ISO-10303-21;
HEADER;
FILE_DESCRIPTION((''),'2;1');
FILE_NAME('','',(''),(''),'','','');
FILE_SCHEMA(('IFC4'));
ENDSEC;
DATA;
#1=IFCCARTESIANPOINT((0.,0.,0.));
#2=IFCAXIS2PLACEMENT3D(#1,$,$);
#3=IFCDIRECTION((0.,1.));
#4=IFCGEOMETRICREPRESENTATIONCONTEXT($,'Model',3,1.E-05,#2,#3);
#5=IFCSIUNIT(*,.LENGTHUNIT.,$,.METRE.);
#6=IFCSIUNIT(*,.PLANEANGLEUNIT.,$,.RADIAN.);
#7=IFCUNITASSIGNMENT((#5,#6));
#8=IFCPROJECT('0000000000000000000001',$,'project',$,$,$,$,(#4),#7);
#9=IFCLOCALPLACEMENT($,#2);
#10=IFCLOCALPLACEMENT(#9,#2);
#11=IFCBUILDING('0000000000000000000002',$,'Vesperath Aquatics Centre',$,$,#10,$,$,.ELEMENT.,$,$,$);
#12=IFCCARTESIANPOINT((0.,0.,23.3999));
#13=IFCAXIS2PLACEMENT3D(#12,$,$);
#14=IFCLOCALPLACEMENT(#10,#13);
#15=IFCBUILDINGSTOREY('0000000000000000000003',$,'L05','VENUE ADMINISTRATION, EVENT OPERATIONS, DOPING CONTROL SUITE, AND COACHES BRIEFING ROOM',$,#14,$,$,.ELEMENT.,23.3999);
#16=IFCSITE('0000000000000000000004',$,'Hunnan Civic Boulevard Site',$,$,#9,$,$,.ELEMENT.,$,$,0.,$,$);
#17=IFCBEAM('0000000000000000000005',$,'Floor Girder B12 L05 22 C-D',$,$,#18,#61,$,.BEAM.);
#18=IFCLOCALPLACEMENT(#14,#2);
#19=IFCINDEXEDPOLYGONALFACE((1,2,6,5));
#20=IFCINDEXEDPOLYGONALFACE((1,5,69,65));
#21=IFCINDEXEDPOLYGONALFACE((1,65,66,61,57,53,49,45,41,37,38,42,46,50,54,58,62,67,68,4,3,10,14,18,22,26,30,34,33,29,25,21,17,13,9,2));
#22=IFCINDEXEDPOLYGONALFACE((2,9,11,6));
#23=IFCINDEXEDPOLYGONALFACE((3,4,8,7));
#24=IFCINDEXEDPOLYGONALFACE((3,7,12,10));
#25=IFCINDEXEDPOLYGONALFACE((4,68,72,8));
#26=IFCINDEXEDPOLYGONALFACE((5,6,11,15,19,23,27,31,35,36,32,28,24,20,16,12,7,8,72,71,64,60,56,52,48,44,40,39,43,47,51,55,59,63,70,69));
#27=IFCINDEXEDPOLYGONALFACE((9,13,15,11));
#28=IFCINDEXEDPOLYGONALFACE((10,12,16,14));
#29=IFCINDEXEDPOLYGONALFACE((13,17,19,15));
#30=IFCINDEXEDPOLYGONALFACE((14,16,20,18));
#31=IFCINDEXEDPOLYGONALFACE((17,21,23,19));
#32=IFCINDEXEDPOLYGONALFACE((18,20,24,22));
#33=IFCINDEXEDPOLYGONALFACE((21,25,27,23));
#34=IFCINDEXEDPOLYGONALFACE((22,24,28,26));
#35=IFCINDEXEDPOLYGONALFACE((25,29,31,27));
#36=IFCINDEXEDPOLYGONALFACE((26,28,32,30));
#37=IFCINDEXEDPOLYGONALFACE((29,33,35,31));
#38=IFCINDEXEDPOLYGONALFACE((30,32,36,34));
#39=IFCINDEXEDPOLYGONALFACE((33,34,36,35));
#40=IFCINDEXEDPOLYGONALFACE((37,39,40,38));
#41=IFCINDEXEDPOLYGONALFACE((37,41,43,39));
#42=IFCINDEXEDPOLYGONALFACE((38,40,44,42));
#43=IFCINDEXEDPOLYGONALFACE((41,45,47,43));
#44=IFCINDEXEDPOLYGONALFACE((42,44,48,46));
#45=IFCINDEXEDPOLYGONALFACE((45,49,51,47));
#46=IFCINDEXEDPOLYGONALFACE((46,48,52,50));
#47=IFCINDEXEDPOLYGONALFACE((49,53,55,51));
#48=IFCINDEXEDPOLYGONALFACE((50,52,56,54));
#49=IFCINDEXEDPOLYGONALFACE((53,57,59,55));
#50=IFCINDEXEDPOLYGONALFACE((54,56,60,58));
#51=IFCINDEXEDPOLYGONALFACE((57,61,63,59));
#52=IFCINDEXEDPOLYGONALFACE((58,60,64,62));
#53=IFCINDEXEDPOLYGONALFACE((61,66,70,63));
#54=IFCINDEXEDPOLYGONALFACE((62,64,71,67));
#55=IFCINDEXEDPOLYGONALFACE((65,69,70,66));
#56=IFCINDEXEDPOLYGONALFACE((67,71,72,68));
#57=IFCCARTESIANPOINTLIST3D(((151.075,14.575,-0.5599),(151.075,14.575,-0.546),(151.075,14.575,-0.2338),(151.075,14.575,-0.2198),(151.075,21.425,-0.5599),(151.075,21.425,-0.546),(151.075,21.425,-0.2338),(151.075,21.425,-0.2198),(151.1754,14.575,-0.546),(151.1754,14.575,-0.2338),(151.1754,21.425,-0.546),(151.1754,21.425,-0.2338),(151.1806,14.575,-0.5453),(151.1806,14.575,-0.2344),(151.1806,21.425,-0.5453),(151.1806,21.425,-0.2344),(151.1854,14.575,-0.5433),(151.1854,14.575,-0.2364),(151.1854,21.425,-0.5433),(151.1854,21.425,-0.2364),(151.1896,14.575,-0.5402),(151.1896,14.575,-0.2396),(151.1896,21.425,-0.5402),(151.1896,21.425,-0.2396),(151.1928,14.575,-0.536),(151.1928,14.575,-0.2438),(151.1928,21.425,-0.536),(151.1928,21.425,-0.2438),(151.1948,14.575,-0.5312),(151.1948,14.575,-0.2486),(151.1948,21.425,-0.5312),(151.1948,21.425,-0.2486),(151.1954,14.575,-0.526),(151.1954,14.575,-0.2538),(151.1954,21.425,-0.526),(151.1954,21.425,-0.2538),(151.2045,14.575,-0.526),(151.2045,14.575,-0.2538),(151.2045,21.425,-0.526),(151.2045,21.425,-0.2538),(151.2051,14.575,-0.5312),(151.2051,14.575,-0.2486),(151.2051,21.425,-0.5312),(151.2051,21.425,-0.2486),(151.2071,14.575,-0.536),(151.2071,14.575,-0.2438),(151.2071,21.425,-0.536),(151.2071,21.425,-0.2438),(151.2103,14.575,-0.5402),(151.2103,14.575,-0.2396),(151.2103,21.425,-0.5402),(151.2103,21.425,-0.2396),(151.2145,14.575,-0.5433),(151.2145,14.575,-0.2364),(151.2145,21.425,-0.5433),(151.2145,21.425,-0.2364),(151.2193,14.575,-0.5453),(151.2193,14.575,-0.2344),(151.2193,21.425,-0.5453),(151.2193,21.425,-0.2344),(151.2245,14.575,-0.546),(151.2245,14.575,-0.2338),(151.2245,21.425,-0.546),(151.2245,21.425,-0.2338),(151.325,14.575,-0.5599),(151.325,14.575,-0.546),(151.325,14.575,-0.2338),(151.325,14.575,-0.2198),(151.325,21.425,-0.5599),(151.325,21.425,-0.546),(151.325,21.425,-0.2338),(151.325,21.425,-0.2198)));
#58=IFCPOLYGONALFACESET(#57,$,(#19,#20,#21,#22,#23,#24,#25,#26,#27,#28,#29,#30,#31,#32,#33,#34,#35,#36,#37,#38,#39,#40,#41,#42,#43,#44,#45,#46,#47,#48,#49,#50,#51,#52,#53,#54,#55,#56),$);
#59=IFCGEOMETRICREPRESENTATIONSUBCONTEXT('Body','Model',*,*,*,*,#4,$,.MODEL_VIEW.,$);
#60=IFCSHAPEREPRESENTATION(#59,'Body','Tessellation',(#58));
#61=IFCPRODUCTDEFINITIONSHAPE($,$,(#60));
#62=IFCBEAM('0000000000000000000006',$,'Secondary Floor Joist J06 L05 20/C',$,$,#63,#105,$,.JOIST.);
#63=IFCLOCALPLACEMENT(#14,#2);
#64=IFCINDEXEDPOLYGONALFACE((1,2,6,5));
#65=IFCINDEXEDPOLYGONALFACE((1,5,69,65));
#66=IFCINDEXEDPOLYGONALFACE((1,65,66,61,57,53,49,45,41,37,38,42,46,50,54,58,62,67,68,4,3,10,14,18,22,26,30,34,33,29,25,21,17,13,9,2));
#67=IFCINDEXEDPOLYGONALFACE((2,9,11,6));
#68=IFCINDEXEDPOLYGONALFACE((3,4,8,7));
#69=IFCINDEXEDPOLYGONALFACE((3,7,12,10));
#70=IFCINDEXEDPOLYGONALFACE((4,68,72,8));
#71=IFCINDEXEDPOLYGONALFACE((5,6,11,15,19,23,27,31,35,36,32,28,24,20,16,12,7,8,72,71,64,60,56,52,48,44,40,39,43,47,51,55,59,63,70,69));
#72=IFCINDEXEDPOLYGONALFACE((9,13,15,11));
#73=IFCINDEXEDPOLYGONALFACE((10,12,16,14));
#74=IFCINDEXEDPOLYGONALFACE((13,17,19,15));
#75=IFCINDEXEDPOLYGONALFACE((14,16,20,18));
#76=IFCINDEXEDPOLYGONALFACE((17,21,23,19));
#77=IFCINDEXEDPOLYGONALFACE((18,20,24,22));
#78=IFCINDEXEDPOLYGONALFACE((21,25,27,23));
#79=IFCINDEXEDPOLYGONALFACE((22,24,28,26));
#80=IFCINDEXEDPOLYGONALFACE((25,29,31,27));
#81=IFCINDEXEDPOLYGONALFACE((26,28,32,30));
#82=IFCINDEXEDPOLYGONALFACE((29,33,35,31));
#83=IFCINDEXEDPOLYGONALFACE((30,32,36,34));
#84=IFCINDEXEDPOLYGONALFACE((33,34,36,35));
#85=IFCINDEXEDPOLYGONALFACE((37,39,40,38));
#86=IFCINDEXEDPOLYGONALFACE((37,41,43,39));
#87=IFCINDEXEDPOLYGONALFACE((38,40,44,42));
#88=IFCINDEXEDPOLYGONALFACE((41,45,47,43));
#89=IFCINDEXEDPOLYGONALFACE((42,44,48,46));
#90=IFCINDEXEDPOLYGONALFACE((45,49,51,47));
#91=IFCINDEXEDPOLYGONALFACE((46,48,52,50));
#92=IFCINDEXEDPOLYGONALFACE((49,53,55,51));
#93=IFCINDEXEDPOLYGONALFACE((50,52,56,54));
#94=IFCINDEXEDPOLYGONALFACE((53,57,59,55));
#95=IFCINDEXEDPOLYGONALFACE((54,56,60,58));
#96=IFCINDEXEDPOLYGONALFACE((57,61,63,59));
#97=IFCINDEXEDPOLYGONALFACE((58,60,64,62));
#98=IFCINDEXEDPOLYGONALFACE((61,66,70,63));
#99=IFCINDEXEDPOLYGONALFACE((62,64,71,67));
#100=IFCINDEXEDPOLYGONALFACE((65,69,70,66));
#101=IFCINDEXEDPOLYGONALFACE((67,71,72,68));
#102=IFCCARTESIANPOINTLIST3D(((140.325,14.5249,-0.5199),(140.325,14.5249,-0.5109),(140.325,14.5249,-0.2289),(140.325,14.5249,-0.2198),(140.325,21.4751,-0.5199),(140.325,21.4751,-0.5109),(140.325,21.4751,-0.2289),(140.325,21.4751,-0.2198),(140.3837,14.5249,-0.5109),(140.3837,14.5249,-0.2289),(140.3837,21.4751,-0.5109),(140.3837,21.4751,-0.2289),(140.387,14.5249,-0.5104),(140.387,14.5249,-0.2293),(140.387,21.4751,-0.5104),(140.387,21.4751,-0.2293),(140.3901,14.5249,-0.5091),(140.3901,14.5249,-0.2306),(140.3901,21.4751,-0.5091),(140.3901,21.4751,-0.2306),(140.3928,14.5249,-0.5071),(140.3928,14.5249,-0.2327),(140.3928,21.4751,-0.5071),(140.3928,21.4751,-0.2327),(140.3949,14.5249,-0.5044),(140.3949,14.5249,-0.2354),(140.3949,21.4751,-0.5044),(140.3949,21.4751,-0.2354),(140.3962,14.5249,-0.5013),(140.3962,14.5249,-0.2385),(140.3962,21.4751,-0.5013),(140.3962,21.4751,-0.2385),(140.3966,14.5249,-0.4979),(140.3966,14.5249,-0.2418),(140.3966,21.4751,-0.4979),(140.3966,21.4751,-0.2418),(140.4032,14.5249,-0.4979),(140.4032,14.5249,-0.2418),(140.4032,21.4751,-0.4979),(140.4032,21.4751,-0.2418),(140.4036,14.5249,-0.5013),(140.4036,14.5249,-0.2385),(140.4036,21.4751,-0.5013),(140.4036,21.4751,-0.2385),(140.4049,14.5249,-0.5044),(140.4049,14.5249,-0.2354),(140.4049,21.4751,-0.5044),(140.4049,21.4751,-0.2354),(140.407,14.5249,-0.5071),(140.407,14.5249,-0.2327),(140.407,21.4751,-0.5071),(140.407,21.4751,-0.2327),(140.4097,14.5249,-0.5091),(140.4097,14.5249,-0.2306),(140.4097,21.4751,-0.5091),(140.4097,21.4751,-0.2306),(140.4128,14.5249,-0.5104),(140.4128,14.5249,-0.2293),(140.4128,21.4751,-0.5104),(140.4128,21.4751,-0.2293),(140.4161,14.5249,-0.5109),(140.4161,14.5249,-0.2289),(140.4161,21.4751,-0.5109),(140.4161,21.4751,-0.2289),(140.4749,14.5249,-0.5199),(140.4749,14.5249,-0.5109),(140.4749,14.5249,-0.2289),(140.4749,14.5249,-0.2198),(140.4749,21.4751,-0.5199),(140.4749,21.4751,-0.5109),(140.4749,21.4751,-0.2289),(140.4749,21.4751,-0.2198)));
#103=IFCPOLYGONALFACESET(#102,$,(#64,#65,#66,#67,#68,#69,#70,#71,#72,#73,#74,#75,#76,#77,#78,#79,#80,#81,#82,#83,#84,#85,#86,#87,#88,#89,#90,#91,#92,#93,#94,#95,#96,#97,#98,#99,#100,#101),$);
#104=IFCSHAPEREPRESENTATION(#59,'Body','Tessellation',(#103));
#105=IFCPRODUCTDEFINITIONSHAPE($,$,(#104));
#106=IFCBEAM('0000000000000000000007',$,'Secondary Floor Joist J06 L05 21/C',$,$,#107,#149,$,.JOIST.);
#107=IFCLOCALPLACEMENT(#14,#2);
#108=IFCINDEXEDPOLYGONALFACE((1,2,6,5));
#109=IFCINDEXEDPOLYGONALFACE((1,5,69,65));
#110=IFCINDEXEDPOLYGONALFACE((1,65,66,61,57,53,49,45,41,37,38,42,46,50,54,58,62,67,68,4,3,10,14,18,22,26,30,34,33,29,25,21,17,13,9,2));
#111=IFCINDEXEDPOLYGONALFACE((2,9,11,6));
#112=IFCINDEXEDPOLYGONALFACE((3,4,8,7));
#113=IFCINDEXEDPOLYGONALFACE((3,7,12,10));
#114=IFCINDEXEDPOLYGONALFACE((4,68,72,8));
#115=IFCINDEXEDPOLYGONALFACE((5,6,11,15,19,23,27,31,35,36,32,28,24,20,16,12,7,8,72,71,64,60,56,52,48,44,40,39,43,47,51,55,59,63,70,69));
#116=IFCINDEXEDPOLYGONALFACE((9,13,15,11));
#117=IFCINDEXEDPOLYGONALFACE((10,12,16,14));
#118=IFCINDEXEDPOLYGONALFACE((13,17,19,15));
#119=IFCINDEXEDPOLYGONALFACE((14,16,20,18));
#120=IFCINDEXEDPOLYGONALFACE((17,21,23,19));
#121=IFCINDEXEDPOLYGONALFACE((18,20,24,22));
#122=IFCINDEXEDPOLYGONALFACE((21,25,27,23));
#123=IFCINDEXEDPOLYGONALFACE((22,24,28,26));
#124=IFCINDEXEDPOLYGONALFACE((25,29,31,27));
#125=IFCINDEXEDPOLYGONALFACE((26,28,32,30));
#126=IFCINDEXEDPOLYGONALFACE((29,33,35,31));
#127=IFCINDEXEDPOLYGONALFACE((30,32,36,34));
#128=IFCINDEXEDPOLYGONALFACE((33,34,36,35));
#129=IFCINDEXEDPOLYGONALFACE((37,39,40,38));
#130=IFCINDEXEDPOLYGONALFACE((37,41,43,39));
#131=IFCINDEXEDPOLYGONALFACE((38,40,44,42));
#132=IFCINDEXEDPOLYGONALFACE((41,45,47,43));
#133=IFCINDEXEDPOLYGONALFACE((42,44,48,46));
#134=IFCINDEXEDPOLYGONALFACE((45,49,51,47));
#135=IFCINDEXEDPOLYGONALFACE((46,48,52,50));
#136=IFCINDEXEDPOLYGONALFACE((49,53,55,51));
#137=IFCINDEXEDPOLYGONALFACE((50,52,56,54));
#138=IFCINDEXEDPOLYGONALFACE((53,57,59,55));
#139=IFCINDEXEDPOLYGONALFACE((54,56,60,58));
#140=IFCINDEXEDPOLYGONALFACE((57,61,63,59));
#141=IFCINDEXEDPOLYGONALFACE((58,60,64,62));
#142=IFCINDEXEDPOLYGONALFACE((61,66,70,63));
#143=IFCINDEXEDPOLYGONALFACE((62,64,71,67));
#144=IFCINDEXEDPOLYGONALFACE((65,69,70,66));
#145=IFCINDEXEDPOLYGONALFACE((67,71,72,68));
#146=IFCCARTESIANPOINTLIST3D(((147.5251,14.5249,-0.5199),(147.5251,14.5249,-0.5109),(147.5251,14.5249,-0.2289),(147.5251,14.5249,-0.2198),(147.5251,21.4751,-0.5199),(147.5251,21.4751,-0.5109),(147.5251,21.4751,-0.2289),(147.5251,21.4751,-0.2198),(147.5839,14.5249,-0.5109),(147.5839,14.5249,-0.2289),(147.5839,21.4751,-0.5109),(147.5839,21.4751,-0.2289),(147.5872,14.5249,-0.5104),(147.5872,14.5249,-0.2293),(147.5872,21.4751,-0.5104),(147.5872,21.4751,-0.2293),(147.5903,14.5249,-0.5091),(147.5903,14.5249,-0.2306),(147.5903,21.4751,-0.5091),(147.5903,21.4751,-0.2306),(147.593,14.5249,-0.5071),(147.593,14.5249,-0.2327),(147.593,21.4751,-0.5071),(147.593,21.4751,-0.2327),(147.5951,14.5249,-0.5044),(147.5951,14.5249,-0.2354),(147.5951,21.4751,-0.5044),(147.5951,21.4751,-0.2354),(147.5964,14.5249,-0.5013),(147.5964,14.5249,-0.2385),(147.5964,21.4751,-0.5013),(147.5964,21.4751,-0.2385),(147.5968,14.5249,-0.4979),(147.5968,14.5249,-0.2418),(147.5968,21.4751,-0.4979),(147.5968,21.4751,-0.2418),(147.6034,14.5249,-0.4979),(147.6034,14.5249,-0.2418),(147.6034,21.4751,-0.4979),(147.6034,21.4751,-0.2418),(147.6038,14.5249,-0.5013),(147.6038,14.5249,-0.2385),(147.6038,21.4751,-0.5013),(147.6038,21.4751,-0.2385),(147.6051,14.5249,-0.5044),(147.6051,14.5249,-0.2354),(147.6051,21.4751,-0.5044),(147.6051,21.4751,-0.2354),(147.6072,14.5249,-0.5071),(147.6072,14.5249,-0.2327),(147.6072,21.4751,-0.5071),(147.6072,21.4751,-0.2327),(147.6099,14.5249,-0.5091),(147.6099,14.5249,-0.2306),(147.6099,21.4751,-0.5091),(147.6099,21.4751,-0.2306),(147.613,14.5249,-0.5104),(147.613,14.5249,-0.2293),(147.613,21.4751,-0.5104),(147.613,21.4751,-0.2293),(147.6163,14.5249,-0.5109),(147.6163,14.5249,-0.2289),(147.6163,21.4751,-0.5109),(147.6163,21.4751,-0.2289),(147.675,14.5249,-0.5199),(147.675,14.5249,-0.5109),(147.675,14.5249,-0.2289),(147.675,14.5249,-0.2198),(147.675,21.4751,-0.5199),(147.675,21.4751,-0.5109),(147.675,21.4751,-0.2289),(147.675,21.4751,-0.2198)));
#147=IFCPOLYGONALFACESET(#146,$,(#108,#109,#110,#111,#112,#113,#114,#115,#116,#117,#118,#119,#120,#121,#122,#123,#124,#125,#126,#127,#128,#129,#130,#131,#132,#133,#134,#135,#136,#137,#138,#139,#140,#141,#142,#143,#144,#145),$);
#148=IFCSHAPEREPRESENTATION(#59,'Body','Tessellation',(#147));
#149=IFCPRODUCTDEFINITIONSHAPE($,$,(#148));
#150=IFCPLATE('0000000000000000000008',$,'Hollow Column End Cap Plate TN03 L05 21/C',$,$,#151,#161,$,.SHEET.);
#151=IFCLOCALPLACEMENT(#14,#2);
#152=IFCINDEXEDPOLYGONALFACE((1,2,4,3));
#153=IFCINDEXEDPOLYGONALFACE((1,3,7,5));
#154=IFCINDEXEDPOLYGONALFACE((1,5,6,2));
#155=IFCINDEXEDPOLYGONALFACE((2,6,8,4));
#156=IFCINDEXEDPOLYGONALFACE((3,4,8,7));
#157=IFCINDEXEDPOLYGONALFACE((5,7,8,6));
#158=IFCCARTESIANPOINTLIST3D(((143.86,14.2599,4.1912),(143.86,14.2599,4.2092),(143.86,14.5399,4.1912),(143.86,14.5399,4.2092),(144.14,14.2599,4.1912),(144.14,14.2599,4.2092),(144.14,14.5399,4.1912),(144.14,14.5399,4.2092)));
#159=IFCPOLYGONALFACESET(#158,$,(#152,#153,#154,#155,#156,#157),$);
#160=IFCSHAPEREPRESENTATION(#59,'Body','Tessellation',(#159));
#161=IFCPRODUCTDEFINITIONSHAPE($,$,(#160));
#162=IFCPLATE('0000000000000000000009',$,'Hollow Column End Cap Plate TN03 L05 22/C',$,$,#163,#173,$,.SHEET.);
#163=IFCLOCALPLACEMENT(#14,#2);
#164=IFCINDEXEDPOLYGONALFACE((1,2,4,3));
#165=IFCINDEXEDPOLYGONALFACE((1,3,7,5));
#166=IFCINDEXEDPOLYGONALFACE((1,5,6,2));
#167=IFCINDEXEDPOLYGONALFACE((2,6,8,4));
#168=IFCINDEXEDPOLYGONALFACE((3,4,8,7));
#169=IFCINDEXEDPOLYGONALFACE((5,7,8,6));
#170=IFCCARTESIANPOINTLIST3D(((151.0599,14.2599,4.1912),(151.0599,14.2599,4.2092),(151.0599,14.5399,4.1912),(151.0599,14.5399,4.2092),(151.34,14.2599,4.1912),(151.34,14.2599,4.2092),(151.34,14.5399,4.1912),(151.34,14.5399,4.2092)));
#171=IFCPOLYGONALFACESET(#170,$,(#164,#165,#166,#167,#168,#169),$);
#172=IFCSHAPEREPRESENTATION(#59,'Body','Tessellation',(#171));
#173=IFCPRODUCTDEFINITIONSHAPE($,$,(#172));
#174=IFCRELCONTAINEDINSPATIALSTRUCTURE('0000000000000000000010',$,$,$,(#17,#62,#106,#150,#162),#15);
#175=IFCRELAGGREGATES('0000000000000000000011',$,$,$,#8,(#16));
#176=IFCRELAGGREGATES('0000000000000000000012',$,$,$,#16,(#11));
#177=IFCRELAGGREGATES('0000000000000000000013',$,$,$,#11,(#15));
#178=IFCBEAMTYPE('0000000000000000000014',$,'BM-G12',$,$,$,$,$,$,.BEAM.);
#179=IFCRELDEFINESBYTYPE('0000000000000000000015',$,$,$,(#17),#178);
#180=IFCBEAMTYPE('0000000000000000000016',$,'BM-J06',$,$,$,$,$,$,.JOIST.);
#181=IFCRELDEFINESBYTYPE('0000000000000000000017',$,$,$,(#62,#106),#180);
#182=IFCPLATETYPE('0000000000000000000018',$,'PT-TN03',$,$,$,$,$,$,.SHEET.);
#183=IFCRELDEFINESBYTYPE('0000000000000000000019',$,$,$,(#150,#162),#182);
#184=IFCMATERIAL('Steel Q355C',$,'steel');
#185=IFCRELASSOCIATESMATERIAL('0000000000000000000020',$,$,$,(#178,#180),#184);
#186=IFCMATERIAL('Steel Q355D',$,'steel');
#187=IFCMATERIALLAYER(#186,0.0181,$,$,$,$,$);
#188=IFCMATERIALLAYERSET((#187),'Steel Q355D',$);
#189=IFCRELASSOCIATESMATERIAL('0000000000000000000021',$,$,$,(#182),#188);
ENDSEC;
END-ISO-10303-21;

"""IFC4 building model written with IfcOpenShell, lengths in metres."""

from ifc_helpers import new_model, si_unit, direction, frame, origin, origin_2d, place, context, subcontext, project, spatial, rectangle, i_section, extrude, material, layer, layer_set, material_profile, profile_set, type_object, element, save


model = new_model("IFC4")

# Units and contexts
model_context = context("Model", 3, precision=1e-05, world=origin(), true_north=direction((0.0, 1.0)))
body_context = subcontext(model_context, "Body", "Model", "MODEL_VIEW")
ifc_project = project(units=[si_unit("LENGTHUNIT", "METRE"), si_unit("PLANEANGLEUNIT", "RADIAN")], contexts=[model_context])

# Site, building, storey
site_placement = place(None, origin())
site = spatial("IfcSite", under=ifc_project, at=site_placement, Name="Hunnan Civic Boulevard Site", CompositionType="ELEMENT", RefElevation=0.0)
building_placement = place(site_placement, origin())
building = spatial("IfcBuilding", under=site, at=building_placement, Name="Vesperath Aquatics Centre", CompositionType="ELEMENT")
storey_placement = place(building_placement, frame((0.0, 0.0, 23.3999)))
storey = spatial("IfcBuildingStorey", under=building, at=storey_placement, Name="L05", Description="VENUE ADMINISTRATION, EVENT OPERATIONS, DOPING CONTROL SUITE, AND COACHES BRIEFING ROOM", CompositionType="ELEMENT", Elevation=23.3999)

# Shared definitions
ifc_material_1 = material(Name="Steel Q355C", Category="steel")

# Beams
ifc_material_profile_1 = material_profile(ifc_material_1, i_section(OverallWidth=0.25, OverallDepth=0.3401, WebThickness=0.009, FlangeThickness=0.0139, FilletRadius=0.02, at=origin_2d()), Name="HM 340x250x9x14")
ifc_profile_set_1 = profile_set([ifc_material_profile_1], Name="Steel Q355C")
beam_type_1 = type_object("IfcBeamType", Name="BM-G12", PredefinedType="BEAM", material=ifc_profile_set_1)
for number, where, z_axis, x_axis, name in (
    (1, (151.2, 14.575, -0.3899), (0.0, 1.0, 0.0), (-1.0, 0.0, 0.0), "Floor Girder B12 L05 22 C-D"),
):
    element("IfcBeam", number, at=place(storey_placement, frame(where, z_axis=z_axis, x_axis=x_axis)), inside=storey, type_object=beam_type_1, Name=name, PredefinedType="BEAM", context=body_context, shape_type="SweptSolid", body=[
        extrude(i_section(OverallWidth=0.25, OverallDepth=0.3401, WebThickness=0.009, FlangeThickness=0.0139, FilletRadius=0.02, at=origin_2d()), origin(), (0.0, 0.0, 1.0), 6.8501),
    ])
ifc_material_profile_2 = material_profile(ifc_material_1, i_section(OverallWidth=0.1499, OverallDepth=0.3, WebThickness=0.0066, FlangeThickness=0.009, FilletRadius=0.0129, at=origin_2d()), Name="HN 300x150x6.5x9")
ifc_profile_set_2 = profile_set([ifc_material_profile_2], Name="Steel Q355C")
beam_type_2 = type_object("IfcBeamType", Name="BM-J06", PredefinedType="JOIST", material=ifc_profile_set_2)
for number, where, z_axis, x_axis, name in (
    (2, (140.3999, 14.5249, -0.3699), (0.0, 1.0, 0.0), (-1.0, 0.0, 0.0), "Secondary Floor Joist J06 L05 20/C"),
    (3, (147.6001, 14.5249, -0.3699), (0.0, 1.0, 0.0), (-1.0, 0.0, 0.0), "Secondary Floor Joist J06 L05 21/C"),
):
    element("IfcBeam", number, at=place(storey_placement, frame(where, z_axis=z_axis, x_axis=x_axis)), inside=storey, type_object=beam_type_2, Name=name, PredefinedType="JOIST", context=body_context, shape_type="SweptSolid", body=[
        extrude(i_section(OverallWidth=0.1499, OverallDepth=0.3, WebThickness=0.0066, FlangeThickness=0.009, FilletRadius=0.0129, at=origin_2d()), origin(), (0.0, 0.0, 1.0), 6.9502),
    ])

# Plates
ifc_material_2 = material(Name="Steel Q355D", Category="steel")
ifc_layer_1 = layer(ifc_material_2, 0.0181)
ifc_layer_set_1 = layer_set([ifc_layer_1], Name="Steel Q355D")
plate_type = type_object("IfcPlateType", Name="PT-TN03", PredefinedType="SHEET", material=ifc_layer_set_1)
for number, where, z_axis, x_axis, name in (
    (4, (144.0, 14.3999, 4.1912), (0.0, 0.0, 1.0), (1.0, 0.0, 0.0), "Hollow Column End Cap Plate TN03 L05 21/C"),
    (5, (151.2, 14.3999, 4.1912), (0.0, 0.0, 1.0), (1.0, 0.0, 0.0), "Hollow Column End Cap Plate TN03 L05 22/C"),
):
    element("IfcPlate", number, at=place(storey_placement, frame(where, z_axis=z_axis, x_axis=x_axis)), inside=storey, type_object=plate_type, Name=name, PredefinedType="SHEET", context=body_context, shape_type="SweptSolid", body=[
        extrude(rectangle(XDim=0.28, YDim=0.28, at=origin_2d()), origin(), (0.0, 0.0, 1.0), 0.0181),
    ])

save(model, "model.ifc")
